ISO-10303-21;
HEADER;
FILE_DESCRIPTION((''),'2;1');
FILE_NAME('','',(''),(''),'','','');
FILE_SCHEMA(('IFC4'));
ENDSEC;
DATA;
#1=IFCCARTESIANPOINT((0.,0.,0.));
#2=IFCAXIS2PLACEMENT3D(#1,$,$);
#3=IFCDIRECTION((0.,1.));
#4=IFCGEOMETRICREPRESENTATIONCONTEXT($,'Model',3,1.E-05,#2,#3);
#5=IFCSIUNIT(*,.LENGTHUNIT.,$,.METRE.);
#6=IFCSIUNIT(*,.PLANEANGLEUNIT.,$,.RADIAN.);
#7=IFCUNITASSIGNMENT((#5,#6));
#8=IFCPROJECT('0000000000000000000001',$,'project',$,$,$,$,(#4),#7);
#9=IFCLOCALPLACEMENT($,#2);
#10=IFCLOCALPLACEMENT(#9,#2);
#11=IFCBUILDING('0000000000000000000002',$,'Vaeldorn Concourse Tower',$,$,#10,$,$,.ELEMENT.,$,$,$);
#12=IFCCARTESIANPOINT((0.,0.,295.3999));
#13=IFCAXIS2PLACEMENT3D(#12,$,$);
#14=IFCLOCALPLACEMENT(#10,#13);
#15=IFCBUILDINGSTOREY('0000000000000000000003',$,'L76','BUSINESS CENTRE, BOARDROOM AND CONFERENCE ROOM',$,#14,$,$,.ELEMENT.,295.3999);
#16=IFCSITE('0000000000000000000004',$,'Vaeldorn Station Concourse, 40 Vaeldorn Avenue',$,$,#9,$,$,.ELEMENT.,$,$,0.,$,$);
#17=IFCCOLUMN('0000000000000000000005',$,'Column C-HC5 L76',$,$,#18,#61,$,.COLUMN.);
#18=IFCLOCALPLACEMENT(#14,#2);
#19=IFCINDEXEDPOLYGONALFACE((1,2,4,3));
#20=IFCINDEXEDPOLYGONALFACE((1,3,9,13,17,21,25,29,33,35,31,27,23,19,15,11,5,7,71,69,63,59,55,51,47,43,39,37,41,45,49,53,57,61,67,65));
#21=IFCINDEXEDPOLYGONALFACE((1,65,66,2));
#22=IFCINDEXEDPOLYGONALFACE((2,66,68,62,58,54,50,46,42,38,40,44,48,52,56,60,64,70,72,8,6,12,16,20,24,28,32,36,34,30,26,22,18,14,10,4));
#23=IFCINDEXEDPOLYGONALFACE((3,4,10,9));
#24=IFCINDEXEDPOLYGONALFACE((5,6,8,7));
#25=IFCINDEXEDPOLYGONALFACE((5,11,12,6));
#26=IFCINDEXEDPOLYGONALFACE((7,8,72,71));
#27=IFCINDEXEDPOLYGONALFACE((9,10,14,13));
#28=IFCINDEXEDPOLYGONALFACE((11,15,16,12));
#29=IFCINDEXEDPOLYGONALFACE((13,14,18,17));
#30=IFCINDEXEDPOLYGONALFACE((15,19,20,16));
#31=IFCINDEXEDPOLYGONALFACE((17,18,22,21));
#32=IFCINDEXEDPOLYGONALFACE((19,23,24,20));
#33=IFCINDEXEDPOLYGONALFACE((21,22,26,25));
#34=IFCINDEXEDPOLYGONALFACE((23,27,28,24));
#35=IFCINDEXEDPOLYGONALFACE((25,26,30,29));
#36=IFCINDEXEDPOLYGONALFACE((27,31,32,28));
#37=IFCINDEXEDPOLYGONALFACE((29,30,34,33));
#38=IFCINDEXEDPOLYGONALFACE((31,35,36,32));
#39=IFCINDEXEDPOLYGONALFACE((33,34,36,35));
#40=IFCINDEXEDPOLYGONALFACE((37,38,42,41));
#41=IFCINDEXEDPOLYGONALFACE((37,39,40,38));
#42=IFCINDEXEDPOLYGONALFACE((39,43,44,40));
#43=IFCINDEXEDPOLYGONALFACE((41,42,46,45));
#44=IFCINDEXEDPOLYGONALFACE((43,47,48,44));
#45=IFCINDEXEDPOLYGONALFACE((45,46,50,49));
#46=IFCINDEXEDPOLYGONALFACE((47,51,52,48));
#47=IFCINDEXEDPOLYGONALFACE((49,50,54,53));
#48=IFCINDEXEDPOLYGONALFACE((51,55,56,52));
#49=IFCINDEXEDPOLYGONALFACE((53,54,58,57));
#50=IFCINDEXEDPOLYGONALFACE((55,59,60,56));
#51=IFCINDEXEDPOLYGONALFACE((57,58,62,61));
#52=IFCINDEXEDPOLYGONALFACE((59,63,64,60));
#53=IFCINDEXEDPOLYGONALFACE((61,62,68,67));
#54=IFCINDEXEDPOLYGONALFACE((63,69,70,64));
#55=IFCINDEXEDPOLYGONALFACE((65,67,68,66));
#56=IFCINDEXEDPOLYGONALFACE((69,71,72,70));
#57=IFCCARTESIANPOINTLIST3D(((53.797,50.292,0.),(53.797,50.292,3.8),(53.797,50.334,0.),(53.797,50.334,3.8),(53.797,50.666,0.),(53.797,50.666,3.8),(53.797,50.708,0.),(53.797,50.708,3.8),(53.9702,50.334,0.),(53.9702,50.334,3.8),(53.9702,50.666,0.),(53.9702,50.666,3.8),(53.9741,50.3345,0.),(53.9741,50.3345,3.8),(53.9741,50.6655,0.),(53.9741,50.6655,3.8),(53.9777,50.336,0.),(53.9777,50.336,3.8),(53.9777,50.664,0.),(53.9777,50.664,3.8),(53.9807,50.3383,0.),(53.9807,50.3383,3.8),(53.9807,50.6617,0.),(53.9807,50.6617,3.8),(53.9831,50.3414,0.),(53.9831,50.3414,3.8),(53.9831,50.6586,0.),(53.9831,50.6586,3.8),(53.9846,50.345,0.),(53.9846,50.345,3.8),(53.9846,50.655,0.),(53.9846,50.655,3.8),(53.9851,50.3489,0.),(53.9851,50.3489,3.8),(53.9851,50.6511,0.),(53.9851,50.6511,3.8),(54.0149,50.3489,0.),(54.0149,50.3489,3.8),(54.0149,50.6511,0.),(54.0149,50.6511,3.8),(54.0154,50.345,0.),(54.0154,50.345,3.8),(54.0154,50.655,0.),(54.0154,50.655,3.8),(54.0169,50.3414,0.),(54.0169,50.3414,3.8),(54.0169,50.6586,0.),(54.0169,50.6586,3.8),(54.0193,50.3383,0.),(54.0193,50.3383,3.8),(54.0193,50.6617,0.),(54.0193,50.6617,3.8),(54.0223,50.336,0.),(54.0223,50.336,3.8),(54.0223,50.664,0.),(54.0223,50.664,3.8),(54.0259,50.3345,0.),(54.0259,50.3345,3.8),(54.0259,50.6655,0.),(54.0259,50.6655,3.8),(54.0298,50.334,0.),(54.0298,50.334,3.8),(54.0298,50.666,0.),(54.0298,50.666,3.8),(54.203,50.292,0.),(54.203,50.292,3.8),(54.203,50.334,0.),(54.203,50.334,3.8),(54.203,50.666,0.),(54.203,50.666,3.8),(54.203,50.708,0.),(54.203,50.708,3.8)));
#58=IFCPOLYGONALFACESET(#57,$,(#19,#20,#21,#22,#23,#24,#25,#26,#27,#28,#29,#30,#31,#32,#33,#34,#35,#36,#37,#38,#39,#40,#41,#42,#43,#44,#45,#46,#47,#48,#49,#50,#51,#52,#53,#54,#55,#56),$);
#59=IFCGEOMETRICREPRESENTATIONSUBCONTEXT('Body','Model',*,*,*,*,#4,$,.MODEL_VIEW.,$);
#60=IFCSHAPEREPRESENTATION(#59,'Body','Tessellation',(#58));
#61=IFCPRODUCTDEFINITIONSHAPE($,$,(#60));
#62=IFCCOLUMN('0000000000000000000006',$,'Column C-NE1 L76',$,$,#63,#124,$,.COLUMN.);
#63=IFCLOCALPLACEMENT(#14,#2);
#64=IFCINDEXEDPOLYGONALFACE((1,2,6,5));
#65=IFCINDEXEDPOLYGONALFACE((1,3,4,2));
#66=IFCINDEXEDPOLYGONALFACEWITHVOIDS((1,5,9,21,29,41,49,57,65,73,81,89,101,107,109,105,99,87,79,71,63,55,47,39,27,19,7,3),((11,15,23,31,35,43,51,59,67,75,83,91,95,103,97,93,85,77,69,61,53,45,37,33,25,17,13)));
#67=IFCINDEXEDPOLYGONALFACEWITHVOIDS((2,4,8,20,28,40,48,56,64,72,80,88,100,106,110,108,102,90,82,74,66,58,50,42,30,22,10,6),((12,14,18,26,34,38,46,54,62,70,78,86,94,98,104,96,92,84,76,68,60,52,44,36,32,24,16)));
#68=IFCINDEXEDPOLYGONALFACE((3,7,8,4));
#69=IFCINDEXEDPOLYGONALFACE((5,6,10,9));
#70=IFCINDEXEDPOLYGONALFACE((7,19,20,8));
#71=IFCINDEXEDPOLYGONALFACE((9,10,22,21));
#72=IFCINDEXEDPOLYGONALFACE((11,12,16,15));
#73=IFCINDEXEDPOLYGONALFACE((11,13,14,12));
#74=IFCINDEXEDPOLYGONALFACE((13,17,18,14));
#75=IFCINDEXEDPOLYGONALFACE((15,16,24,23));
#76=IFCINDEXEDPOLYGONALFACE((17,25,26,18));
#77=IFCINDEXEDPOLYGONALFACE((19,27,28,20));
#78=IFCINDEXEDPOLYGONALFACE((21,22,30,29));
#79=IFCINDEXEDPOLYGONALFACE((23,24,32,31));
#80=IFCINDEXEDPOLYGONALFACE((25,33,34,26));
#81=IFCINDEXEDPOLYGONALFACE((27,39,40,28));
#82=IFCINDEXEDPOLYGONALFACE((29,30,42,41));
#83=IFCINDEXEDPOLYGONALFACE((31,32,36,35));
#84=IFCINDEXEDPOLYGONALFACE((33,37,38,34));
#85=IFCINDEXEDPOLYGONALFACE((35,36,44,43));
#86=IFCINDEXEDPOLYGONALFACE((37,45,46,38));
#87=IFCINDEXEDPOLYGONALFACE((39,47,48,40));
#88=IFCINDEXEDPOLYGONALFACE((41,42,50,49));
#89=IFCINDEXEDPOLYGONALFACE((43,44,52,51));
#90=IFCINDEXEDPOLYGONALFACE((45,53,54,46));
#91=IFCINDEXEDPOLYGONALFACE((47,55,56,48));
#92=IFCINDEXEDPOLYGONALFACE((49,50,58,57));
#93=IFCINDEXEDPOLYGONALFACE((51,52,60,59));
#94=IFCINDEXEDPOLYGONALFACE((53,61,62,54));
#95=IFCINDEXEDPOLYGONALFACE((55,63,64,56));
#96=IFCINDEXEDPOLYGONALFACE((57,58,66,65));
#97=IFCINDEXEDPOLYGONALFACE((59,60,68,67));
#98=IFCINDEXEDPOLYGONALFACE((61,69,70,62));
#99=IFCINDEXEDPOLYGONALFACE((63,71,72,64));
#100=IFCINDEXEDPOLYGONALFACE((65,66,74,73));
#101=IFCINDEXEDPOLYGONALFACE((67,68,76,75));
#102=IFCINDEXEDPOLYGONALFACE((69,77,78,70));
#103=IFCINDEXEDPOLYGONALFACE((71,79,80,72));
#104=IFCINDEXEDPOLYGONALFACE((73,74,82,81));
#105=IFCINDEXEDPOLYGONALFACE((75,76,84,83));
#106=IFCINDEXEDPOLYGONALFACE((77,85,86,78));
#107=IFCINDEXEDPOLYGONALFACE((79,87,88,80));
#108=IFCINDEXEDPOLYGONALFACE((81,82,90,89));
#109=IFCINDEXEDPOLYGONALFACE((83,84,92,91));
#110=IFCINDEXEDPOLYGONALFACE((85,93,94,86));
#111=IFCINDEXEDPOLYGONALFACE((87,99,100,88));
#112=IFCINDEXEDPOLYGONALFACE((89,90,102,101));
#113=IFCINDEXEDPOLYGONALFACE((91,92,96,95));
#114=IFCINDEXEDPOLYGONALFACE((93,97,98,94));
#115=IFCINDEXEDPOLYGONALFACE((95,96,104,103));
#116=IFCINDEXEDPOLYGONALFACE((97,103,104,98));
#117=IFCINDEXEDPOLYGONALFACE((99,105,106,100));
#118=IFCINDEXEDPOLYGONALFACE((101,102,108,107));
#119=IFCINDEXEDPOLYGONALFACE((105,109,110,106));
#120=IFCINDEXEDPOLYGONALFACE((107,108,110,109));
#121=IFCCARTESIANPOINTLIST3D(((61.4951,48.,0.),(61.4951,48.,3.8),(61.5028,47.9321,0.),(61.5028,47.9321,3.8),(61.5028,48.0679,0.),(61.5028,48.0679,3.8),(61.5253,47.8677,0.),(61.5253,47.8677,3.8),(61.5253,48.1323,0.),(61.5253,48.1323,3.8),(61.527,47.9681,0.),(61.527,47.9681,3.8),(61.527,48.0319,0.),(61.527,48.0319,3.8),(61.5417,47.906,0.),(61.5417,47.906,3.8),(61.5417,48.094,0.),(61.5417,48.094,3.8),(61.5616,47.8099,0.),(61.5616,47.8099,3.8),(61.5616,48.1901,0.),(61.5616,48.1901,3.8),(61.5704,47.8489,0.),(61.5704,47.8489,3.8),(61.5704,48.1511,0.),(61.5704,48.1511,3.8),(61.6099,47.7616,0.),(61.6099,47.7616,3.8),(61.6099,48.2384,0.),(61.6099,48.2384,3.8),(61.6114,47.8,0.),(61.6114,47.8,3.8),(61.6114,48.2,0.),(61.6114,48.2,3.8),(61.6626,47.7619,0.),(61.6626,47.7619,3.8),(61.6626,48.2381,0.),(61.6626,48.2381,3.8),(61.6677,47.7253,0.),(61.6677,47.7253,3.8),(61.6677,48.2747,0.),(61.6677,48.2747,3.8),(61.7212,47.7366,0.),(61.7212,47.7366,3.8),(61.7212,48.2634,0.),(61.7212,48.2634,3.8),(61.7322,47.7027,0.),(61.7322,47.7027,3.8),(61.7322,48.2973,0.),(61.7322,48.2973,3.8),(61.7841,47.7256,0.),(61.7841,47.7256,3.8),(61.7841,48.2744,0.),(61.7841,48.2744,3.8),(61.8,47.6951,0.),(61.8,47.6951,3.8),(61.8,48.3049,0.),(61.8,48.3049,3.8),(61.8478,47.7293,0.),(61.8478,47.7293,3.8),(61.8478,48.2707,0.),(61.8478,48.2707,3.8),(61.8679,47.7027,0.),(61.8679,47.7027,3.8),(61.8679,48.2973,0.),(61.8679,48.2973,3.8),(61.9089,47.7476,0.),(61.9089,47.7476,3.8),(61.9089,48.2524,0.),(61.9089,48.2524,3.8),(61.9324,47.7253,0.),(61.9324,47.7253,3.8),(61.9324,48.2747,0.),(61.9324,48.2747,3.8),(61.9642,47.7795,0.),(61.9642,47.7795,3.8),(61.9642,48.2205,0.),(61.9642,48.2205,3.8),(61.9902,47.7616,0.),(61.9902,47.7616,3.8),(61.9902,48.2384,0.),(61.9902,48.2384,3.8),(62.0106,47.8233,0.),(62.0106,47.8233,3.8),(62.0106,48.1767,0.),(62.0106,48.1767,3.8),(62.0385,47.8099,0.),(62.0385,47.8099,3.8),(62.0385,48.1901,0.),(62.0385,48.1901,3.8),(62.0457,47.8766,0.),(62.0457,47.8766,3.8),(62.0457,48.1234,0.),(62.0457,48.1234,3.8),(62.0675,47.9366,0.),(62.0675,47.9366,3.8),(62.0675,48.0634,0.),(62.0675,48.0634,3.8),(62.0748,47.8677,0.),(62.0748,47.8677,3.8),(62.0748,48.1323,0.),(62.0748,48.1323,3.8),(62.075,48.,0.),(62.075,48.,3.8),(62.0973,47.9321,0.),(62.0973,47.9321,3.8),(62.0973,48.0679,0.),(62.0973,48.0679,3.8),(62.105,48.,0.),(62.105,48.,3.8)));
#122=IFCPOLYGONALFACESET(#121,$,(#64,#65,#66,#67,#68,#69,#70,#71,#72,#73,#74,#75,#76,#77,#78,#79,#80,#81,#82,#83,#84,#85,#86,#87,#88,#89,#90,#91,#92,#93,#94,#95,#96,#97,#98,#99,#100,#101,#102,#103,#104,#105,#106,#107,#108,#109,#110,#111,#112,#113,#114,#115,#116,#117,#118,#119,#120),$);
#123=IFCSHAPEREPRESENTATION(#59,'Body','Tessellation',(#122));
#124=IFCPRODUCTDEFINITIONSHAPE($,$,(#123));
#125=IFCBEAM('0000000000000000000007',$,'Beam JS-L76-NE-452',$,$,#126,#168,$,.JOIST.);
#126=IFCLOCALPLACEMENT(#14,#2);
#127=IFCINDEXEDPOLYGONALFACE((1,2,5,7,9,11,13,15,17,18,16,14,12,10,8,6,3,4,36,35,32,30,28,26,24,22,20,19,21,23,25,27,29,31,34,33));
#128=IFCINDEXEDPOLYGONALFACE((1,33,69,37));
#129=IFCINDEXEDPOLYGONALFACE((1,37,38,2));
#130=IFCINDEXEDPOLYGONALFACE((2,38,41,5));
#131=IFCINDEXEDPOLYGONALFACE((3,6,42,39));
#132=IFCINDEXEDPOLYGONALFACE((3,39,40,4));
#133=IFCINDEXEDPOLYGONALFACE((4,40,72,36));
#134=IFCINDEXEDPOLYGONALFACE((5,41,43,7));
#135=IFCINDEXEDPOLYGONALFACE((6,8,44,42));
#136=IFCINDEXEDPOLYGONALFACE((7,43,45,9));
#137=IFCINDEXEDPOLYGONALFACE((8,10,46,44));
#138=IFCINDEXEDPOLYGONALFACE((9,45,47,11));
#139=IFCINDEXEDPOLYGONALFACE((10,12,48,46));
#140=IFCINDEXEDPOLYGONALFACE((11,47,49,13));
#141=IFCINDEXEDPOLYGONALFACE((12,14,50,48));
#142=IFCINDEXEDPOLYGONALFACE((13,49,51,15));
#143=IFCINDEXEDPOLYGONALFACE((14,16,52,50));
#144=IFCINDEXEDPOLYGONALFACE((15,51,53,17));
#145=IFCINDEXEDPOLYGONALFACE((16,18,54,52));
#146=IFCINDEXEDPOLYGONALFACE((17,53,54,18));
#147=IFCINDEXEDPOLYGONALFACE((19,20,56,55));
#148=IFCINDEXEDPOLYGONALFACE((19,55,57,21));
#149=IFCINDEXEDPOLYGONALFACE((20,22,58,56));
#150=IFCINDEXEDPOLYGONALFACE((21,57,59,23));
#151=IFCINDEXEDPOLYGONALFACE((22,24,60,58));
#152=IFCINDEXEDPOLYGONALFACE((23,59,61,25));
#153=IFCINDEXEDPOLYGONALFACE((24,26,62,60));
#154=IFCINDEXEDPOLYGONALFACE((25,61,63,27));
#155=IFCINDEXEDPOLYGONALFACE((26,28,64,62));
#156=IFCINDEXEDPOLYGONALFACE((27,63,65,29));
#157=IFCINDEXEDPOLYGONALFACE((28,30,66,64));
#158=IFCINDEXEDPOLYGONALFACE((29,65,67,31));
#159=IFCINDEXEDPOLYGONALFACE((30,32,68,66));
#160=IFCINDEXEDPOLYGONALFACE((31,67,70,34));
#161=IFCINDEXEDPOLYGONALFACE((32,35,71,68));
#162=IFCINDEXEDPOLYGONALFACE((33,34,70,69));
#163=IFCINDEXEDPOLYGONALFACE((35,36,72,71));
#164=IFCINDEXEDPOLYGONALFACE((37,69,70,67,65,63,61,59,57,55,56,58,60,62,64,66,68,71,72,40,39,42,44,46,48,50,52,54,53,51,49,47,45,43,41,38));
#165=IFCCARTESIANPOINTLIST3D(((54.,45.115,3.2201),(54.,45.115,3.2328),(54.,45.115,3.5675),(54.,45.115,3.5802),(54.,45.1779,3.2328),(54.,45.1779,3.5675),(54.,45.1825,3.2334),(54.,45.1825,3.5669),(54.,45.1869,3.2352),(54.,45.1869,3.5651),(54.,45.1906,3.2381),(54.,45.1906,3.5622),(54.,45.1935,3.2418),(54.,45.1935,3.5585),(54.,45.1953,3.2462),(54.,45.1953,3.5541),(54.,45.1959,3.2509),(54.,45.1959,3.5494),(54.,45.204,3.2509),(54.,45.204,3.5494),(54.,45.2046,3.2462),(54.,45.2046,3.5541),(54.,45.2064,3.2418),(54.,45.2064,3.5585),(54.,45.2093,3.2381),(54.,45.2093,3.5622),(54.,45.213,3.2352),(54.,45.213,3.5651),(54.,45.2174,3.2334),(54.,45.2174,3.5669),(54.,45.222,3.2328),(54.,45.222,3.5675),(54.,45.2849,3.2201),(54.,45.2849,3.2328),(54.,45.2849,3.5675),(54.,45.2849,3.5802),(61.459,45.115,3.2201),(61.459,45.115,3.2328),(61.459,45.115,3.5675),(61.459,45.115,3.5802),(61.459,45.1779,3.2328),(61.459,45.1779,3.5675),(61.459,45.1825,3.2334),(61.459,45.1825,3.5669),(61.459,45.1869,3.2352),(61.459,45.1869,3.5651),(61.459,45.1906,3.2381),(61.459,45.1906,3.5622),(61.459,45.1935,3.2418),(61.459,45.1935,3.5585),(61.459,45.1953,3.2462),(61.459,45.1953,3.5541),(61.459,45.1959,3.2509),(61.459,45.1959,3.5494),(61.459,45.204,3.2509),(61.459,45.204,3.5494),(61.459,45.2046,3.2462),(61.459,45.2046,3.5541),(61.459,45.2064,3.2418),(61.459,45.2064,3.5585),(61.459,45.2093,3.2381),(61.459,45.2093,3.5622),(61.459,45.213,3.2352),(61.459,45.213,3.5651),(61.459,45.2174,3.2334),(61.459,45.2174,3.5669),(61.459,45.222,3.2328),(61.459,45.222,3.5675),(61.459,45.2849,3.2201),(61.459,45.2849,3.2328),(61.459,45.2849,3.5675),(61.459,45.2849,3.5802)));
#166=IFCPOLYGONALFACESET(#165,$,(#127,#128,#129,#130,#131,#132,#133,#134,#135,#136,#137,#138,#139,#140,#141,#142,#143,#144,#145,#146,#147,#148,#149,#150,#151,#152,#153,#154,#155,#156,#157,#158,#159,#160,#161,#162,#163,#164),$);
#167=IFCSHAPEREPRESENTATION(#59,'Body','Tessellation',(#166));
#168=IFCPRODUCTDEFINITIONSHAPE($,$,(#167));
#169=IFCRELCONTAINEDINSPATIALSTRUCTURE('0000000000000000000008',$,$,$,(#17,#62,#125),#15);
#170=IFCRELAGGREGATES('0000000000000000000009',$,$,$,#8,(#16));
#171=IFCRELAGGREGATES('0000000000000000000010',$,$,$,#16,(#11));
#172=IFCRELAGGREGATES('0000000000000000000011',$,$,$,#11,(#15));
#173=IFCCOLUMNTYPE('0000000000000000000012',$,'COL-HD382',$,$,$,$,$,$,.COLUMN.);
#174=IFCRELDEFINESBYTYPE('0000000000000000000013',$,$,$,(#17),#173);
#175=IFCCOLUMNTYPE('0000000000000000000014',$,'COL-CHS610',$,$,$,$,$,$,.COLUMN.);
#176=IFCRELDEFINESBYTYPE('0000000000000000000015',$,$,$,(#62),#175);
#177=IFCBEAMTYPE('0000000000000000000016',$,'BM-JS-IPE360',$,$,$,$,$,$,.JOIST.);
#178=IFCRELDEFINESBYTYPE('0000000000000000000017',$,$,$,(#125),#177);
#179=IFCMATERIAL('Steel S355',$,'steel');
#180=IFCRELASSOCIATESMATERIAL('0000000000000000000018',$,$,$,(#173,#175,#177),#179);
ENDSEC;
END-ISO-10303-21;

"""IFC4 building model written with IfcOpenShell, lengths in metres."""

from ifc_helpers import new_model, si_unit, direction, frame, origin, origin_2d, place, context, subcontext, project, spatial, hollow_circle, i_section, extrude, source, transform, mapped, material, material_profile, profile_set, type_object, element, save


model = new_model("IFC4")

# Units and contexts
model_context = context("Model", 3, precision=1e-05, world=origin(), true_north=direction((0.0, 1.0)))
body_context = subcontext(model_context, "Body", "Model", "MODEL_VIEW")
ifc_project = project(units=[si_unit("LENGTHUNIT", "METRE"), si_unit("PLANEANGLEUNIT", "RADIAN")], contexts=[model_context])

# Site, building, storey
site_placement = place(None, origin())
site = spatial("IfcSite", under=ifc_project, at=site_placement, Name="Vaeldorn Station Concourse, 40 Vaeldorn Avenue", CompositionType="ELEMENT", RefElevation=0.0)
building_placement = place(site_placement, origin())
building = spatial("IfcBuilding", under=site, at=building_placement, Name="Vaeldorn Concourse Tower", CompositionType="ELEMENT")
storey_placement = place(building_placement, frame((0.0, 0.0, 295.3999)))
storey = spatial("IfcBuildingStorey", under=building, at=storey_placement, Name="L76", Description="BUSINESS CENTRE, BOARDROOM AND CONFERENCE ROOM", CompositionType="ELEMENT", Elevation=295.3999)

# Columns
ifc_material_1 = material(Name="Steel S355", Category="steel")
ifc_material_profile_1 = material_profile(ifc_material_1, i_section(OverallWidth=0.406, OverallDepth=0.416, WebThickness=0.0298, FlangeThickness=0.042, FilletRadius=0.0149, at=origin_2d()), Name="HD 400x382")
ifc_profile_set_1 = profile_set([ifc_material_profile_1], Name="Steel S355")
column_type_1 = type_object("IfcColumnType", Name="COL-HD382", PredefinedType="COLUMN", material=ifc_profile_set_1)
shared_shape_1 = source(origin(), body_context, "Body", "SweptSolid", [
    extrude(i_section(OverallWidth=0.406, OverallDepth=0.416, WebThickness=0.0298, FlangeThickness=0.042, FilletRadius=0.0149, at=origin_2d()), origin(), (0.0, 0.0, 1.0), 3.8),
])
column_1_placement = place(storey_placement, frame((54.0, 50.5, 0.0), z_axis=(0.0, 0.0, 1.0), x_axis=(1.0, 0.0, 0.0)))
element("IfcColumn", 1, at=column_1_placement, inside=storey, type_object=column_type_1, Name="Column C-HC5 L76", PredefinedType="COLUMN", context=body_context, shape_type="MappedRepresentation", body=[
    mapped(shared_shape_1, transform((0.0, 0.0, 0.0), scale=1.0)),
])
ifc_material_profile_2 = material_profile(ifc_material_1, hollow_circle(Radius=0.3049, WallThickness=0.03, at=origin_2d()), Name="CHS 610x30")
ifc_profile_set_2 = profile_set([ifc_material_profile_2], Name="Steel S355")
column_type_2 = type_object("IfcColumnType", Name="COL-CHS610", PredefinedType="COLUMN", material=ifc_profile_set_2)
shared_shape_2 = source(origin(), body_context, "Body", "SweptSolid", [
    extrude(hollow_circle(Radius=0.3049, WallThickness=0.03, at=origin_2d()), origin(), (0.0, 0.0, 1.0), 3.8),
])
column_2_placement = place(storey_placement, frame((61.8, 48.0, 0.0), z_axis=(0.0, 0.0, 1.0), x_axis=(1.0, 0.0, 0.0)))
element("IfcColumn", 2, at=column_2_placement, inside=storey, type_object=column_type_2, Name="Column C-NE1 L76", PredefinedType="COLUMN", context=body_context, shape_type="MappedRepresentation", body=[
    mapped(shared_shape_2, transform((0.0, 0.0, 0.0), scale=1.0)),
])

# Beam
ifc_material_profile_3 = material_profile(ifc_material_1, i_section(OverallWidth=0.1699, OverallDepth=0.3601, WebThickness=0.0081, FlangeThickness=0.0127, FilletRadius=0.0181, at=origin_2d()), Name="IPE 360")
ifc_profile_set_3 = profile_set([ifc_material_profile_3], Name="Steel S355")
beam_type_1 = type_object("IfcBeamType", Name="BM-JS-IPE360", PredefinedType="JOIST", material=ifc_profile_set_3)
shared_shape_3 = source(origin(), body_context, "Body", "SweptSolid", [
    extrude(i_section(OverallWidth=0.1699, OverallDepth=0.3601, WebThickness=0.0081, FlangeThickness=0.0127, FilletRadius=0.0181, at=origin_2d()), origin(), (0.0, 0.0, 1.0), 7.459),
])
beam_1_placement = place(storey_placement, frame((54.0, 45.2, 3.4001), z_axis=(1.0, 0.0, 0.0), x_axis=(0.0, 1.0, 0.0)))
element("IfcBeam", 3, at=beam_1_placement, inside=storey, type_object=beam_type_1, Name="Beam JS-L76-NE-452", PredefinedType="JOIST", context=body_context, shape_type="MappedRepresentation", body=[
    mapped(shared_shape_3, transform((0.0, 0.0, 0.0), scale=1.0)),
])

save(model, "model.ifc")
